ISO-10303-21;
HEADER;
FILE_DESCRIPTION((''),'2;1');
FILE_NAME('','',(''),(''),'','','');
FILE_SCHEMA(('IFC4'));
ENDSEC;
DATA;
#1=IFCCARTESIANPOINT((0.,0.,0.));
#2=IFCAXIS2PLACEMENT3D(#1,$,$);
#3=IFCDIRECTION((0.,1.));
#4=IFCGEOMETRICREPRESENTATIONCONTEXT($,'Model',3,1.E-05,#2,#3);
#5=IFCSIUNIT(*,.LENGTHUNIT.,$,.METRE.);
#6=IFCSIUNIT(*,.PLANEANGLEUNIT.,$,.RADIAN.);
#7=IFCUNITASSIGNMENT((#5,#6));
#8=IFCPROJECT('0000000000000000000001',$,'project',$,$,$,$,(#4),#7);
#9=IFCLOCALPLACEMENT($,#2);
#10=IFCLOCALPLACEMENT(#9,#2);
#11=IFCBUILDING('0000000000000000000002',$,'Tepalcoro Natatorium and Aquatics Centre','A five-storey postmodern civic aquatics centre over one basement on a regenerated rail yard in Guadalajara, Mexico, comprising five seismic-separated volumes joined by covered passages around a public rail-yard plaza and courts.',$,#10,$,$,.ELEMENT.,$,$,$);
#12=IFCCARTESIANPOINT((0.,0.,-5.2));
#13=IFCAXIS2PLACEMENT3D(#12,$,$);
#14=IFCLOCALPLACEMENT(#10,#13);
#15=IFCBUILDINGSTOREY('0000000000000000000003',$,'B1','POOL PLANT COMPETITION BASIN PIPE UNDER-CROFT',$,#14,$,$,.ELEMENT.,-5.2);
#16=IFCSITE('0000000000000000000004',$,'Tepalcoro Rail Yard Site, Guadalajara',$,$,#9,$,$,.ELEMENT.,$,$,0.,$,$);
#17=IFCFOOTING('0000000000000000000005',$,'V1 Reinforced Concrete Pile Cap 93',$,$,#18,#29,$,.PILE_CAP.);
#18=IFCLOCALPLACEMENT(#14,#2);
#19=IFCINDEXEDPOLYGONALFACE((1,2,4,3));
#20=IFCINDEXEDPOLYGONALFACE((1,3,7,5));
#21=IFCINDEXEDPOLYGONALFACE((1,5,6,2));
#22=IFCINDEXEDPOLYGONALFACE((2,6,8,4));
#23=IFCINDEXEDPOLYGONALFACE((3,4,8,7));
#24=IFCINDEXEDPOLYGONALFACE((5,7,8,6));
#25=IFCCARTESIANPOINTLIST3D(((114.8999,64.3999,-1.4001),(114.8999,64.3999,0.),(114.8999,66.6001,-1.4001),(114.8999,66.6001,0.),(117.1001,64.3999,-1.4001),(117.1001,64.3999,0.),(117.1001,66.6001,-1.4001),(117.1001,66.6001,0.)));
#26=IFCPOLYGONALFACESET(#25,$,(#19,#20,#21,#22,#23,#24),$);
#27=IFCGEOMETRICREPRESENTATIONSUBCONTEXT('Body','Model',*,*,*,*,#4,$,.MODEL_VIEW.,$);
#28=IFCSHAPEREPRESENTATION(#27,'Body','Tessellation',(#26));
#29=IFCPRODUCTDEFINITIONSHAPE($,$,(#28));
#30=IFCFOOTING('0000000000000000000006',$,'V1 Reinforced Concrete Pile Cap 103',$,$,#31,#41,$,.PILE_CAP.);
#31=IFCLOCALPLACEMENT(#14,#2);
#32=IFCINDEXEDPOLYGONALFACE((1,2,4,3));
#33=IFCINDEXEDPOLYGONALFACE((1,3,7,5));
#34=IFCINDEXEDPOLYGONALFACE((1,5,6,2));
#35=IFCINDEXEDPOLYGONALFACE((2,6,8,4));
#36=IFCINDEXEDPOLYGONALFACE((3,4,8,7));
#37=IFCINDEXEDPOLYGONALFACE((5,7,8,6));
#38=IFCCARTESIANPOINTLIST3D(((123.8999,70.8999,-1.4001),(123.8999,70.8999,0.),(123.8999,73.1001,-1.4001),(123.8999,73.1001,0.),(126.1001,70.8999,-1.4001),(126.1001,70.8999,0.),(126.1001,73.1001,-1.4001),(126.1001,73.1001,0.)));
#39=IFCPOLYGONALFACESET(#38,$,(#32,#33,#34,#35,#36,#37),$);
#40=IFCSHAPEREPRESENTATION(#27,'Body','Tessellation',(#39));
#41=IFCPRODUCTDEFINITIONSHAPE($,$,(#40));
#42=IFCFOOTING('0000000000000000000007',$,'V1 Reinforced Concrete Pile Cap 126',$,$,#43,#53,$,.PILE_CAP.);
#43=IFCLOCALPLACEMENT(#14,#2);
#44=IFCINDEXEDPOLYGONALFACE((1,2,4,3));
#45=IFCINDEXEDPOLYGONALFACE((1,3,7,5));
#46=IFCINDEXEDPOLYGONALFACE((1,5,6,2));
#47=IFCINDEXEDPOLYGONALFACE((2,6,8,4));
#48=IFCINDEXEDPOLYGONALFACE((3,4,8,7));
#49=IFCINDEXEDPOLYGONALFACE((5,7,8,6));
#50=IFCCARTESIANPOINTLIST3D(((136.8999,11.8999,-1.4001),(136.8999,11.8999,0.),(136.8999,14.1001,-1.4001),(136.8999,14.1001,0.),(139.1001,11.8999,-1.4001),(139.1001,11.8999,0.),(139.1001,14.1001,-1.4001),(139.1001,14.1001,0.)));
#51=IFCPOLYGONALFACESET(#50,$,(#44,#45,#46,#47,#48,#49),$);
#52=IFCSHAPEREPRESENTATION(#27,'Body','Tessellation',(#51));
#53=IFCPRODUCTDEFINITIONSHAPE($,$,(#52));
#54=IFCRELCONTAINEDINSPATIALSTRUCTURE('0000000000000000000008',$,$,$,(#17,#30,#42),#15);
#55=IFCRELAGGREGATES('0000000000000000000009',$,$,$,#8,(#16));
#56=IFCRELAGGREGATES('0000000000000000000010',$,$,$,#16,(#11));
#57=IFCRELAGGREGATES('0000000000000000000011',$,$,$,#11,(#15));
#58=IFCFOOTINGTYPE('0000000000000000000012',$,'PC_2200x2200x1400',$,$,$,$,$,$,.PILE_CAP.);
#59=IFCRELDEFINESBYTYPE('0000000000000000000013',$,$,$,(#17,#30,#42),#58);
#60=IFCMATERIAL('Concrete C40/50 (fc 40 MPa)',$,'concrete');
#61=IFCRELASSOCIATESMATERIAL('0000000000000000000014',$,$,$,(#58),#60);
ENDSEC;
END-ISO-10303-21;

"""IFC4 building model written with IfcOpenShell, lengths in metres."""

from ifc_helpers import new_model, si_unit, direction, frame, origin, place, context, subcontext, project, spatial, polyline, outline, extrude, material, type_object, element, save


model = new_model("IFC4")

# Units and contexts
model_context = context("Model", 3, precision=1e-05, world=origin(), true_north=direction((0.0, 1.0)))
body_context = subcontext(model_context, "Body", "Model", "MODEL_VIEW")
ifc_project = project(units=[si_unit("LENGTHUNIT", "METRE"), si_unit("PLANEANGLEUNIT", "RADIAN")], contexts=[model_context])

# Site, building, storey
site_placement = place(None, origin())
site = spatial("IfcSite", under=ifc_project, at=site_placement, Name="Tepalcoro Rail Yard Site, Guadalajara", CompositionType="ELEMENT", RefElevation=0.0)
building_placement = place(site_placement, origin())
building = spatial("IfcBuilding", under=site, at=building_placement, Name="Tepalcoro Natatorium and Aquatics Centre", Description="A five-storey postmodern civic aquatics centre over one basement on a regenerated rail yard in Guadalajara, Mexico, comprising five seismic-separated volumes joined by covered passages around a public rail-yard plaza and courts.", CompositionType="ELEMENT")
storey_placement = place(building_placement, frame((0.0, 0.0, -5.2)))
storey = spatial("IfcBuildingStorey", under=building, at=storey_placement, Name="B1", Description="POOL PLANT COMPETITION BASIN PIPE UNDER-CROFT", CompositionType="ELEMENT", Elevation=-5.2)

# Footings
ifc_material = material(Name="Concrete C40/50 (fc 40 MPa)", Category="concrete")
footing_type_1 = type_object("IfcFootingType", Name="PC_2200x2200x1400", PredefinedType="PILE_CAP", material=ifc_material)
footing_1_placement = place(storey_placement, frame((0.0, 0.0, -1.4001)))
element("IfcFooting", 1, at=footing_1_placement, inside=storey, type_object=footing_type_1, Name="V1 Reinforced Concrete Pile Cap 93", PredefinedType="PILE_CAP", context=body_context, shape_type="SweptSolid", body=[
    extrude(outline(polyline([(114.8999, 64.3999), (117.1001, 64.3999), (117.1001, 66.6001), (114.8999, 66.6001), (114.8999, 64.3999)])), origin(), (0.0, 0.0, 1.0), 1.4001),
])
footing_2_placement = place(storey_placement, frame((0.0, 0.0, -1.4001)))
element("IfcFooting", 2, at=footing_2_placement, inside=storey, type_object=footing_type_1, Name="V1 Reinforced Concrete Pile Cap 103", PredefinedType="PILE_CAP", context=body_context, shape_type="SweptSolid", body=[
    extrude(outline(polyline([(123.8999, 70.8999), (126.1001, 70.8999), (126.1001, 73.1001), (123.8999, 73.1001), (123.8999, 70.8999)])), origin(), (0.0, 0.0, 1.0), 1.4001),
])
footing_3_placement = place(storey_placement, frame((0.0, 0.0, -1.4001)))
element("IfcFooting", 3, at=footing_3_placement, inside=storey, type_object=footing_type_1, Name="V1 Reinforced Concrete Pile Cap 126", PredefinedType="PILE_CAP", context=body_context, shape_type="SweptSolid", body=[
    extrude(outline(polyline([(136.8999, 11.8999), (139.1001, 11.8999), (139.1001, 14.1001), (136.8999, 14.1001), (136.8999, 11.8999)])), origin(), (0.0, 0.0, 1.0), 1.4001),
])

save(model, "model.ifc")
